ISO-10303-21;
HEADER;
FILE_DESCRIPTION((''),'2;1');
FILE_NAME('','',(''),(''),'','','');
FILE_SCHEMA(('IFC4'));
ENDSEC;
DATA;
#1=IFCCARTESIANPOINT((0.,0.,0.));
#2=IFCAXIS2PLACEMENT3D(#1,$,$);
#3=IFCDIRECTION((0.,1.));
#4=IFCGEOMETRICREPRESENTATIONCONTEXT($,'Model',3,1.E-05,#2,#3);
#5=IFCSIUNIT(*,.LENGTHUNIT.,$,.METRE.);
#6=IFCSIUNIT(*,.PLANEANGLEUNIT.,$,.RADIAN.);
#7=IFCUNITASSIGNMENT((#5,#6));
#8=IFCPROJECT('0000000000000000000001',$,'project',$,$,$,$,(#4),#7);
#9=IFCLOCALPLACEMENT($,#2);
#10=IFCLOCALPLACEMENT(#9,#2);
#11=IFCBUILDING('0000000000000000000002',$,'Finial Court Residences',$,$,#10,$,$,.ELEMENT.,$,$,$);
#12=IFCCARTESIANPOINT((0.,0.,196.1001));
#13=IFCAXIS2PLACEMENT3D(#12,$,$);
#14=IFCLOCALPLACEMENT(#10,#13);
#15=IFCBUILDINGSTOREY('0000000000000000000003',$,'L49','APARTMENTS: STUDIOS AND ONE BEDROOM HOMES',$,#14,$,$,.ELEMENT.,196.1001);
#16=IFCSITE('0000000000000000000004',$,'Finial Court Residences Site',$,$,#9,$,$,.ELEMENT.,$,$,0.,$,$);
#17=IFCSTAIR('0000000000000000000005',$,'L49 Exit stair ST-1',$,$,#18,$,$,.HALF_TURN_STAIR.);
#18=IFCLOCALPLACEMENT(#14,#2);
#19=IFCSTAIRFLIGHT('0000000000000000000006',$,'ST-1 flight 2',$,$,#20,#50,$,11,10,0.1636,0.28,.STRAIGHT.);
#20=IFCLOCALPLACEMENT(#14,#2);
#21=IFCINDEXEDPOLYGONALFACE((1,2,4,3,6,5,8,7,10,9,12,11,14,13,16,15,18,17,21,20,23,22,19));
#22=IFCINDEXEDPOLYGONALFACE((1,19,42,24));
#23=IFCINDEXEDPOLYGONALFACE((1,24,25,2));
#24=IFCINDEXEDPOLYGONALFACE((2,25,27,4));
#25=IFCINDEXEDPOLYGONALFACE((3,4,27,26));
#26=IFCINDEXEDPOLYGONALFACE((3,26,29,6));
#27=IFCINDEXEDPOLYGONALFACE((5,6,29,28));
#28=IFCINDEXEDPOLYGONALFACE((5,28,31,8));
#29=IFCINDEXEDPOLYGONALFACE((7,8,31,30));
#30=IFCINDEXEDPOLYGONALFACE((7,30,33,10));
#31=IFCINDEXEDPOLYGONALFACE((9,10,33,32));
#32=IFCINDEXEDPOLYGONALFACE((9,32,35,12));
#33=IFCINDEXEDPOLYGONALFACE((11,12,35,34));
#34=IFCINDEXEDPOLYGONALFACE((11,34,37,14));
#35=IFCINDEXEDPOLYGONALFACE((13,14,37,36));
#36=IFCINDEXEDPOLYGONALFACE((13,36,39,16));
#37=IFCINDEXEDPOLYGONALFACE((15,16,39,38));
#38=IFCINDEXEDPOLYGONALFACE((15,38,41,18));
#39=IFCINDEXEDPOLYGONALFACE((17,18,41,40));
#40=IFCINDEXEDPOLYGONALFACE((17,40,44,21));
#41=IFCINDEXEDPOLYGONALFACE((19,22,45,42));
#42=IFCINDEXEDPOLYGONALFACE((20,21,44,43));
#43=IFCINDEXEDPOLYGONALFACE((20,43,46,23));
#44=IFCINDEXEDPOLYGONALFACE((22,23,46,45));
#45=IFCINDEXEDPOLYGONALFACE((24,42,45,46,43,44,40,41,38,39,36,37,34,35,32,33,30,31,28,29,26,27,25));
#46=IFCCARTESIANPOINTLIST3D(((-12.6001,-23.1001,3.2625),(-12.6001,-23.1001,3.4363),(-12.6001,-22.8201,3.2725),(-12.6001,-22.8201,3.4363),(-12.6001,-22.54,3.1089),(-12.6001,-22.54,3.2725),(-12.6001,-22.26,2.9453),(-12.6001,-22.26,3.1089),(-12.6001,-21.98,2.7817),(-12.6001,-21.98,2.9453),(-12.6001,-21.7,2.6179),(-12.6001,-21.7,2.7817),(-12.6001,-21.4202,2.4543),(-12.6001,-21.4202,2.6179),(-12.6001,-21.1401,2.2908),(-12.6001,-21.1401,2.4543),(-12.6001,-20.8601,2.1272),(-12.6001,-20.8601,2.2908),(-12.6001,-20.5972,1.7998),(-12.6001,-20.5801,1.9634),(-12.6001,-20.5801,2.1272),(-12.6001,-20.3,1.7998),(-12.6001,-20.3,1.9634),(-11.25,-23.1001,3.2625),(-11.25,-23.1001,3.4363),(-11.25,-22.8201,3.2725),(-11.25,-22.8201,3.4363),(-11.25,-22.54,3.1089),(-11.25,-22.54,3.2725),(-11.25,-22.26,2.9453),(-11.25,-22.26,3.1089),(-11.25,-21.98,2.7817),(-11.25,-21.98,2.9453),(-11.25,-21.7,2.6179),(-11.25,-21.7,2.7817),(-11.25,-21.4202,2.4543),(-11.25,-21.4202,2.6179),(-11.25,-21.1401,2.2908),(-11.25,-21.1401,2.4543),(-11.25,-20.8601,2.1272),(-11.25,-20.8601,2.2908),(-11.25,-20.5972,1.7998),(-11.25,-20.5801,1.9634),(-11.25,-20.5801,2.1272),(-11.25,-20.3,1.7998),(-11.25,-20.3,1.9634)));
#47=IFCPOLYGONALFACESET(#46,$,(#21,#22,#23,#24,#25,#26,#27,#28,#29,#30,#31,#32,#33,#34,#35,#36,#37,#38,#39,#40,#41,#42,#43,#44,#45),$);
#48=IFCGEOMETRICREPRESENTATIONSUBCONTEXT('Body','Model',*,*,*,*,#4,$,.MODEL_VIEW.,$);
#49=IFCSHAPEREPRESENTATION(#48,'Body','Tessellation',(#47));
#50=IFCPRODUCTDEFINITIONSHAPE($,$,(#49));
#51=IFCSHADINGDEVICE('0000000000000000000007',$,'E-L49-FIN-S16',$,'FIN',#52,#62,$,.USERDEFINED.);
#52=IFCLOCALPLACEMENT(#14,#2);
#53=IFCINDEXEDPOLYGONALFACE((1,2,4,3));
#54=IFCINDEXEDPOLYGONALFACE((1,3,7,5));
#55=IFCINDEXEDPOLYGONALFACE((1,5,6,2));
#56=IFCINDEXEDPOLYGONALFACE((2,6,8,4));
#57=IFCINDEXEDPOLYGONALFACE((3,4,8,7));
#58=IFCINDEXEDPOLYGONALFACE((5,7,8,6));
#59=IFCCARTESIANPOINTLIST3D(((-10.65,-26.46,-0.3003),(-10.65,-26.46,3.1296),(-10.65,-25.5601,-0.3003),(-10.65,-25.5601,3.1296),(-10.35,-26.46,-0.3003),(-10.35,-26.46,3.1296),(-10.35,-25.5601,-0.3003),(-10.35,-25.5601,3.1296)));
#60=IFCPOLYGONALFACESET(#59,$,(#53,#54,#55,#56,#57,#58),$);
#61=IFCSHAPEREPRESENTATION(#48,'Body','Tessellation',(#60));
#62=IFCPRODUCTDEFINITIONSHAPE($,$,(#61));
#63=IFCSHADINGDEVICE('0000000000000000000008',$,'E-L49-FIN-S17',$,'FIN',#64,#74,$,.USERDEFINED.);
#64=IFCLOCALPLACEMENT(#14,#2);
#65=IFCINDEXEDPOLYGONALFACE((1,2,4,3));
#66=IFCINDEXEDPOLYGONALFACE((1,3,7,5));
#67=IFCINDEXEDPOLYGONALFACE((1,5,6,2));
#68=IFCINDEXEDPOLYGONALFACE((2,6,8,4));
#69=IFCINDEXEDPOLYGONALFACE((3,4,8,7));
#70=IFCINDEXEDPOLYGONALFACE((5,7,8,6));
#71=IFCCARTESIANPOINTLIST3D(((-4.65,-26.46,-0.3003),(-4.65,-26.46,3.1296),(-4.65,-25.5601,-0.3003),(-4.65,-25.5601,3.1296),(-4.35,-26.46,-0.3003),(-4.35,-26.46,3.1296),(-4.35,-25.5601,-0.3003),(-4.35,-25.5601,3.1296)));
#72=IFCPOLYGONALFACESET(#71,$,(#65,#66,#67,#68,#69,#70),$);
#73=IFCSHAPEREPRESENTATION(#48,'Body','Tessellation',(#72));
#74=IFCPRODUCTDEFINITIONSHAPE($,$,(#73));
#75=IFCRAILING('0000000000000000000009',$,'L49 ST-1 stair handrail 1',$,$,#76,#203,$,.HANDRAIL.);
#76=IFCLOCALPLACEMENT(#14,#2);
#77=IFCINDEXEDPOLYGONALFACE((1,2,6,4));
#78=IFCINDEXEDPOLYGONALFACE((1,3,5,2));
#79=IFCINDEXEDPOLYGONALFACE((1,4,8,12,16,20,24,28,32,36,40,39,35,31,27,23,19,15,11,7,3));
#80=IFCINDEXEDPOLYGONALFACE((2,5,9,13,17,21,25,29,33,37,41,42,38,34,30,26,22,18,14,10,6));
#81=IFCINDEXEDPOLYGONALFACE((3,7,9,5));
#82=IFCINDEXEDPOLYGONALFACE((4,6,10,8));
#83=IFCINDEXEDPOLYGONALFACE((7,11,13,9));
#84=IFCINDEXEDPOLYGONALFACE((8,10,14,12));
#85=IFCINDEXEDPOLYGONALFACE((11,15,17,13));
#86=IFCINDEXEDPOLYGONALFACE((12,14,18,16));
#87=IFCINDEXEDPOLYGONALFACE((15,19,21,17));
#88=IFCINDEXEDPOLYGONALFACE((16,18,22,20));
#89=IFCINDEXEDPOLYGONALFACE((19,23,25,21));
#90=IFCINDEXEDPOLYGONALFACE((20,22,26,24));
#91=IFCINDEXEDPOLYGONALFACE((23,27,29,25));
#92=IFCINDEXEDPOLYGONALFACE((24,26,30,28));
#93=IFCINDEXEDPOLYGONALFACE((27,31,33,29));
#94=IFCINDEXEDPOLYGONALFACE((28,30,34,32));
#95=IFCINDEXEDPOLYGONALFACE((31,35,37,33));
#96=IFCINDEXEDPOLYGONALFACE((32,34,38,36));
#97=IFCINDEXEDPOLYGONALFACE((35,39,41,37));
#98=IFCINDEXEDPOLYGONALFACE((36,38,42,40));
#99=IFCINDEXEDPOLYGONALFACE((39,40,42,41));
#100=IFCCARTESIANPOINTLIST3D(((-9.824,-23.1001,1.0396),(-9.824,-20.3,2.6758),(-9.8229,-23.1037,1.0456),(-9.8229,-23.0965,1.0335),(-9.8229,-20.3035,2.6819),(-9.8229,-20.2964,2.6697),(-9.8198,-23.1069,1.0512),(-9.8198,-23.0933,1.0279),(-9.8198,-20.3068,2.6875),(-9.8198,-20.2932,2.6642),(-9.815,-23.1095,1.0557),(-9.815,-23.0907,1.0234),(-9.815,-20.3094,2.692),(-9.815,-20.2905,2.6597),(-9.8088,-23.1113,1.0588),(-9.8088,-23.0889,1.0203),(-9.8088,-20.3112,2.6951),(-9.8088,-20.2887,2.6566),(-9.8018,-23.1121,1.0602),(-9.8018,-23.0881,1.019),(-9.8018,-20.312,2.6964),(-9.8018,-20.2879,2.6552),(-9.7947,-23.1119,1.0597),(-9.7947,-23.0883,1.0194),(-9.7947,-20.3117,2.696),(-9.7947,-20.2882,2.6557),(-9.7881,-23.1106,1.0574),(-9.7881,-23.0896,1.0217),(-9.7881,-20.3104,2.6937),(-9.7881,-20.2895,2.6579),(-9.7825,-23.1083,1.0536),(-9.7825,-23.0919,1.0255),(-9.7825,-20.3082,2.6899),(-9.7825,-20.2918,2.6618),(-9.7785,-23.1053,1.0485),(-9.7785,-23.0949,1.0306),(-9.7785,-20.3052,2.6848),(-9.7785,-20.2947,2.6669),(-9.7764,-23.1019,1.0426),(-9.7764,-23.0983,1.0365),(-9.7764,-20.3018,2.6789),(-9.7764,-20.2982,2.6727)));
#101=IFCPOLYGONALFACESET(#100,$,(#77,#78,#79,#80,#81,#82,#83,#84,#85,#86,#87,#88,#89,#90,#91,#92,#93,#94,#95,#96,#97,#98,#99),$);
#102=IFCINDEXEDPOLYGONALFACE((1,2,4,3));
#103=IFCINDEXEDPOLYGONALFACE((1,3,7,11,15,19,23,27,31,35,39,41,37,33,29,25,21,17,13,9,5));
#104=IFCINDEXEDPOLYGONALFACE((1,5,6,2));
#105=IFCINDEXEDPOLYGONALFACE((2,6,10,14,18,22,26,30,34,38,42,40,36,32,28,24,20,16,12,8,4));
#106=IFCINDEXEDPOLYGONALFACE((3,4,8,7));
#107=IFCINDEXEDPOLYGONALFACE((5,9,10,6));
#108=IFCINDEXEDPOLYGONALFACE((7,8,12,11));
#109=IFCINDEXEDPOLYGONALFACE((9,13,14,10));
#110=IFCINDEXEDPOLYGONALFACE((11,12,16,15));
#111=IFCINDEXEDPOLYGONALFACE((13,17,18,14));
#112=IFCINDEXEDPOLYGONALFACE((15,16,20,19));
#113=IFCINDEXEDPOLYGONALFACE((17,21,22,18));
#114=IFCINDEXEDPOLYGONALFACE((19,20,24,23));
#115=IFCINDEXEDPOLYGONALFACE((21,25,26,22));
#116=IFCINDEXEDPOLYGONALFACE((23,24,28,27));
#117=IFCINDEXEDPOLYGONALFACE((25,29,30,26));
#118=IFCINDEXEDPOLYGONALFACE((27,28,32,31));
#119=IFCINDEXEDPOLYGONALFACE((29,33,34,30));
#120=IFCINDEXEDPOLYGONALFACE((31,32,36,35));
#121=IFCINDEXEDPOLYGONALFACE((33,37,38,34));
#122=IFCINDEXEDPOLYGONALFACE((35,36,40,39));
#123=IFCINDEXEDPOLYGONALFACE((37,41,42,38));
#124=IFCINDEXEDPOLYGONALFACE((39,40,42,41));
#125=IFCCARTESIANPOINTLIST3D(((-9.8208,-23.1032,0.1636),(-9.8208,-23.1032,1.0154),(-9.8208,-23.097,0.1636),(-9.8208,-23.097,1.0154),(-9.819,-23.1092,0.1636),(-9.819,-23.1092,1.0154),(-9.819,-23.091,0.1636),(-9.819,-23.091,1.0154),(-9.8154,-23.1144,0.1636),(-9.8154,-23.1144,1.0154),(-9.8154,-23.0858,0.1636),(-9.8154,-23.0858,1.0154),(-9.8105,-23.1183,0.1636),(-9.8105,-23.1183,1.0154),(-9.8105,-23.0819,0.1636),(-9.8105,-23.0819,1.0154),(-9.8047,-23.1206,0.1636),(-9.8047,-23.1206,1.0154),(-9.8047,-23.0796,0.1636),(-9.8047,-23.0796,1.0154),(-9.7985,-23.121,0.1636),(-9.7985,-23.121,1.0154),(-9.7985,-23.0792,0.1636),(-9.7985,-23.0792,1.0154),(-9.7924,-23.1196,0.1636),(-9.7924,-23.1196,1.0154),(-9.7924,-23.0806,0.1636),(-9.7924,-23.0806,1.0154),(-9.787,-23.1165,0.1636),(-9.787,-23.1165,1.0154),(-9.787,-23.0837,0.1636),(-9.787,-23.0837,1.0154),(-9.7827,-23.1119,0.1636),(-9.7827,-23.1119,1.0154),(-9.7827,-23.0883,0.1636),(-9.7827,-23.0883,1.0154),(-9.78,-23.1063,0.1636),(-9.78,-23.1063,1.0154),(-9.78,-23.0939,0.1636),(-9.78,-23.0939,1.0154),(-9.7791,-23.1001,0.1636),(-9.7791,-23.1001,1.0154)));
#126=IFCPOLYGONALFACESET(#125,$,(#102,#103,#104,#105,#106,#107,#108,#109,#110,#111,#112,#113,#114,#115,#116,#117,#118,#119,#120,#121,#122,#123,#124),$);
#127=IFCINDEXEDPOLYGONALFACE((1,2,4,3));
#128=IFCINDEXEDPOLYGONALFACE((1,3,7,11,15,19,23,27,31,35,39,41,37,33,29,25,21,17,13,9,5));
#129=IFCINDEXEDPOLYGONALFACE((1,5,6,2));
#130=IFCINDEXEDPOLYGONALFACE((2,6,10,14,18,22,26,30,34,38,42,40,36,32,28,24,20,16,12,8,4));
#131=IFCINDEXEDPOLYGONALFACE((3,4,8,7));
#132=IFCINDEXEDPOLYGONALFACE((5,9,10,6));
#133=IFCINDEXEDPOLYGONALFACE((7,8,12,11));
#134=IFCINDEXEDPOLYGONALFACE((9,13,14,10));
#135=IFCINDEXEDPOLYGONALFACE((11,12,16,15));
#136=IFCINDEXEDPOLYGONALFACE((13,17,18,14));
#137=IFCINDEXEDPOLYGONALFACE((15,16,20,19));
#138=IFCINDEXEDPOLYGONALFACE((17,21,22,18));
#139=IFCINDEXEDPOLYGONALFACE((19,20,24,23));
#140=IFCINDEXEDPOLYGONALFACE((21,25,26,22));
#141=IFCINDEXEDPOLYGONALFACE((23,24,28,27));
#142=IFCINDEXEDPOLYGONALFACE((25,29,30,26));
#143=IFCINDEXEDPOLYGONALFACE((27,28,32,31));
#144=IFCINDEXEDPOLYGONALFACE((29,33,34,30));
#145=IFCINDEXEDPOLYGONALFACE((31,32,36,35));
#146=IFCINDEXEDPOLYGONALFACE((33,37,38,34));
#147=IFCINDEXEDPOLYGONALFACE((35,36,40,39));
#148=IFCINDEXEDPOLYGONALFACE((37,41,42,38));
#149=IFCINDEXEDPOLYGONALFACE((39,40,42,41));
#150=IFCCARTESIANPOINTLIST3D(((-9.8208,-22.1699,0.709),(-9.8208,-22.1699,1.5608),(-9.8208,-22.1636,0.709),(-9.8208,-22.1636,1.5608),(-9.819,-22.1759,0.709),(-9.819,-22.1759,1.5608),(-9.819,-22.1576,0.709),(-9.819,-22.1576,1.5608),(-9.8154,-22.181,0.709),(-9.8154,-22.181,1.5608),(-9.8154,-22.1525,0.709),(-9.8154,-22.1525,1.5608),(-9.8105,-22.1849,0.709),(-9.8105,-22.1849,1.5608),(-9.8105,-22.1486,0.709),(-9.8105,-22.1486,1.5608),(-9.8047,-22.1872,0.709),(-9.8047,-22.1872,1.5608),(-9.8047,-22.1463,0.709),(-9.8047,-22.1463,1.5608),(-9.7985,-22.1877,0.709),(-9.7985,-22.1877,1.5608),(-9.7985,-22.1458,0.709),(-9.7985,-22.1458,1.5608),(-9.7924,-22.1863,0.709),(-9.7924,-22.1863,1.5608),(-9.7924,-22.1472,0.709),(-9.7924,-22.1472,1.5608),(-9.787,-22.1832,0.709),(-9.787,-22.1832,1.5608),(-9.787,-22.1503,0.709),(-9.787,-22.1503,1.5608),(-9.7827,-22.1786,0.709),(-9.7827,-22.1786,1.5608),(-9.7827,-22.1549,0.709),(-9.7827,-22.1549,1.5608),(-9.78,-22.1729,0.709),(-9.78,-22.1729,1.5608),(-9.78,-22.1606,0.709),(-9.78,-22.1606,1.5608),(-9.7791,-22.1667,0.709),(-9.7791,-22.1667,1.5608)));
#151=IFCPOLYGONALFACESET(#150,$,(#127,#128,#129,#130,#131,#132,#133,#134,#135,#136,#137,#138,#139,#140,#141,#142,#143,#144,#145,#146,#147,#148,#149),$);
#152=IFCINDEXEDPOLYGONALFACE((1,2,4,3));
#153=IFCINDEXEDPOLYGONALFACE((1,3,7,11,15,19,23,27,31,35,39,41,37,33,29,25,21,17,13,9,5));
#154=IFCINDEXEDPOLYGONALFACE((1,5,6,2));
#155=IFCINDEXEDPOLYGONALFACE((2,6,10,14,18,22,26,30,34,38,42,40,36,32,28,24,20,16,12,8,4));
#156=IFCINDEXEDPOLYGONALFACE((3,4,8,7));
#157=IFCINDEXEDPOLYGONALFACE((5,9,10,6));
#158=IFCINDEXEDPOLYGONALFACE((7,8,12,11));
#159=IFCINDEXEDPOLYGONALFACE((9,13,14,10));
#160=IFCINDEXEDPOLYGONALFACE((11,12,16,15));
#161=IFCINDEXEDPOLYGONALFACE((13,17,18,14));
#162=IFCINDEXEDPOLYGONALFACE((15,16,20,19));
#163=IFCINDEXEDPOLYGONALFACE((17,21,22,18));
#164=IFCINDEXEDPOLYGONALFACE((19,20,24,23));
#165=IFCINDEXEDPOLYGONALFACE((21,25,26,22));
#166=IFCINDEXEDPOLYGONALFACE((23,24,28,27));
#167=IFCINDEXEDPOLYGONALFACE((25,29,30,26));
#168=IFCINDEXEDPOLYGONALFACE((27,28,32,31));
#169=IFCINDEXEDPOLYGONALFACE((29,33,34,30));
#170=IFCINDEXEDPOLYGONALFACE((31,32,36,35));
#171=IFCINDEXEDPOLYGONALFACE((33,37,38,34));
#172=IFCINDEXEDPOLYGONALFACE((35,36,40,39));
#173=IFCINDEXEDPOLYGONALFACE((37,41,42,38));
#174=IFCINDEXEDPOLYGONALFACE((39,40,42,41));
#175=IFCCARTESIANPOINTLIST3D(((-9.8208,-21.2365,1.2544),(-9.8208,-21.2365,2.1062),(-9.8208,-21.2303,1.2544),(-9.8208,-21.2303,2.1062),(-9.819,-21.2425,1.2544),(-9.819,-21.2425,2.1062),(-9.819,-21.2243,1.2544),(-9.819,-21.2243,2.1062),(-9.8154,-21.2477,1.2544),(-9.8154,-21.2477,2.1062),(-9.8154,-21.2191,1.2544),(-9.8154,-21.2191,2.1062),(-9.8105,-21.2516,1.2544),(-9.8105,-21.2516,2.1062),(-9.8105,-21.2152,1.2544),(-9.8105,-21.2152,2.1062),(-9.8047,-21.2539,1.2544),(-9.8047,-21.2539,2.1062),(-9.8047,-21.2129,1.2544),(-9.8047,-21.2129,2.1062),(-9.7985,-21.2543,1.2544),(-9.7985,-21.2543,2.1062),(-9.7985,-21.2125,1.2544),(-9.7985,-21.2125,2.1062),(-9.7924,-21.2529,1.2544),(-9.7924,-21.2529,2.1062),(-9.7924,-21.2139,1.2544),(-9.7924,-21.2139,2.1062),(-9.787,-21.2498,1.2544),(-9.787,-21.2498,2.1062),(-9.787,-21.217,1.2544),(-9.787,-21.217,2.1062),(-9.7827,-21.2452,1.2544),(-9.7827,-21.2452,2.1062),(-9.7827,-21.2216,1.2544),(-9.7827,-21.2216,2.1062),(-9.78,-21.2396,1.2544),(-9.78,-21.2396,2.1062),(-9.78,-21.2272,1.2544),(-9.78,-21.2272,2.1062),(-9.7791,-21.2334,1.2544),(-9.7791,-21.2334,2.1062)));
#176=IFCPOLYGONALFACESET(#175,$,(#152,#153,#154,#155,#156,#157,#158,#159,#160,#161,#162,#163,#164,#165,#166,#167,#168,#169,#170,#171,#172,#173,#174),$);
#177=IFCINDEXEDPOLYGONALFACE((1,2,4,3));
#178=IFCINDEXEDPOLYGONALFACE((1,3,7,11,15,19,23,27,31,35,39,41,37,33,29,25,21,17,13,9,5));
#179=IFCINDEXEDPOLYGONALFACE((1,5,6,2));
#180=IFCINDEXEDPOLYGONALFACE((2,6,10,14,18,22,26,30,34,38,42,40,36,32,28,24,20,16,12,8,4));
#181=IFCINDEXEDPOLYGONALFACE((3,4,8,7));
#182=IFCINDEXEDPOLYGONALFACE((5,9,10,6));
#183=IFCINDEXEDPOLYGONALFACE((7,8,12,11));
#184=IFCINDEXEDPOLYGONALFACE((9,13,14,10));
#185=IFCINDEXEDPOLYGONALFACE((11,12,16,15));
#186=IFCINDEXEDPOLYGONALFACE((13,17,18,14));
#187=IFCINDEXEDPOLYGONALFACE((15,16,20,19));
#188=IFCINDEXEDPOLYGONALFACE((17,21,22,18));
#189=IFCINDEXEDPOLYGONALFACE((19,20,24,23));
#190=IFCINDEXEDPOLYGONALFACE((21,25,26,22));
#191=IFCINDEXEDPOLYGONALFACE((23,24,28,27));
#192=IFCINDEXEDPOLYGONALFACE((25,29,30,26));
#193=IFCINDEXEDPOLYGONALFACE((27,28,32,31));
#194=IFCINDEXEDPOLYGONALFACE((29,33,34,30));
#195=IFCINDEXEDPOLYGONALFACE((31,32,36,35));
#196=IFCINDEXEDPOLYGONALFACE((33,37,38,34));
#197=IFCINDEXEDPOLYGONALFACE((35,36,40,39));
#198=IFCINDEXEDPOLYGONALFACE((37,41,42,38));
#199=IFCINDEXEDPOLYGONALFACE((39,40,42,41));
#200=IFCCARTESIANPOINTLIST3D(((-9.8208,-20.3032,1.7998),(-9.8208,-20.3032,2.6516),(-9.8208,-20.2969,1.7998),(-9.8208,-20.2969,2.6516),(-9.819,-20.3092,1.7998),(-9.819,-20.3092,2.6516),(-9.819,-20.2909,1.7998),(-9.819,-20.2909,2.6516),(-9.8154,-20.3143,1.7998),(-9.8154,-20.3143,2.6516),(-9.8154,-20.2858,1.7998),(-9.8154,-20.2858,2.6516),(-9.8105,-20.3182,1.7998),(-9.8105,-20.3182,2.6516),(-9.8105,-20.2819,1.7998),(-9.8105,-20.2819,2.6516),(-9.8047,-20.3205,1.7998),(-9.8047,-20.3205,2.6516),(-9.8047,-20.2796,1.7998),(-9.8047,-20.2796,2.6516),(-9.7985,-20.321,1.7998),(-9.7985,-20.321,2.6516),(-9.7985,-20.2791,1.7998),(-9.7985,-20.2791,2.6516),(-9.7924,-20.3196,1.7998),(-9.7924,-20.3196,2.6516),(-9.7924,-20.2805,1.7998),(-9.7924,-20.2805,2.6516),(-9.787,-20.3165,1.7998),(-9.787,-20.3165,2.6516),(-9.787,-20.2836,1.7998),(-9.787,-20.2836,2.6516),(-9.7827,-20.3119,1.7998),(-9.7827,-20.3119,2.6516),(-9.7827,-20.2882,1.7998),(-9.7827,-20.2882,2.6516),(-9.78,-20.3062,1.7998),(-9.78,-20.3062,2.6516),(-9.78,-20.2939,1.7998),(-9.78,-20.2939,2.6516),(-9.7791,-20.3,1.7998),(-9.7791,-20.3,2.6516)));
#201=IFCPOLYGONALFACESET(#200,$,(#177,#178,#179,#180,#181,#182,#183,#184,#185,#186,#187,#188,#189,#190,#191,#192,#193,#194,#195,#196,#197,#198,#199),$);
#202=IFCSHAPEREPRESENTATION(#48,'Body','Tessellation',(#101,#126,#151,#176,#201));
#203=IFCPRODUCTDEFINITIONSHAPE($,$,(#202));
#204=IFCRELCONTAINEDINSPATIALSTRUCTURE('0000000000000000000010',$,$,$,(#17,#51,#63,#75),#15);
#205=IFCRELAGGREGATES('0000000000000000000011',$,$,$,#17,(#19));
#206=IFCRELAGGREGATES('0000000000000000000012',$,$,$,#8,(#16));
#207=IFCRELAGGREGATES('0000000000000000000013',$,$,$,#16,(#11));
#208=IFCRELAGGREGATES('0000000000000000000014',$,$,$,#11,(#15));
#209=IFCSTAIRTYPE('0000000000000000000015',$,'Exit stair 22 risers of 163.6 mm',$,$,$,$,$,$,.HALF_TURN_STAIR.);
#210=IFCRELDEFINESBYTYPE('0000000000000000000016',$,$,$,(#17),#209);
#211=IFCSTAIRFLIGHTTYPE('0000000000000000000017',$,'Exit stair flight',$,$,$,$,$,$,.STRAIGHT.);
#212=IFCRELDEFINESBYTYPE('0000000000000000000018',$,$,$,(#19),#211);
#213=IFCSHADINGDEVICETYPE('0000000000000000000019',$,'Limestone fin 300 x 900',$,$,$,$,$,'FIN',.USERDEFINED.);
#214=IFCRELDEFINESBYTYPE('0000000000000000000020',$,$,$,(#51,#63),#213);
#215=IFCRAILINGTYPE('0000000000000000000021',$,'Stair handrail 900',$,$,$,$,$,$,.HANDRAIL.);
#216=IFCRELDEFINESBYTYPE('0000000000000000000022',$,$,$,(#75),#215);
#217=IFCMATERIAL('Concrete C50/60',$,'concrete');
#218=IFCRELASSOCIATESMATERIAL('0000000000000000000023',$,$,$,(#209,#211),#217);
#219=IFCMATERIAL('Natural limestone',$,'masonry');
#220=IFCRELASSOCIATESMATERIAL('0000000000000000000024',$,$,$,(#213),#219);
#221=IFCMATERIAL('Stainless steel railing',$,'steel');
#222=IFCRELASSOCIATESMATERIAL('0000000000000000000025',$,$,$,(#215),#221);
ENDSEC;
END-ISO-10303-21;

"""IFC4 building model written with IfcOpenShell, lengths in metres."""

from ifc_helpers import new_model, si_unit, direction, frame, origin, origin_2d, place, context, subcontext, project, spatial, polyline, rectangle, circle, outline, extrude, material, type_object, element, aggregate, save


model = new_model("IFC4")

# Units and contexts
model_context = context("Model", 3, precision=1e-05, world=origin(), true_north=direction((0.0, 1.0)))
body_context = subcontext(model_context, "Body", "Model", "MODEL_VIEW")
ifc_project = project(units=[si_unit("LENGTHUNIT", "METRE"), si_unit("PLANEANGLEUNIT", "RADIAN")], contexts=[model_context])

# Site, building, storey
site_placement = place(None, origin())
site = spatial("IfcSite", under=ifc_project, at=site_placement, Name="Finial Court Residences Site", CompositionType="ELEMENT", RefElevation=0.0)
building_placement = place(site_placement, origin())
building = spatial("IfcBuilding", under=site, at=building_placement, Name="Finial Court Residences", CompositionType="ELEMENT")
storey_placement = place(building_placement, frame((0.0, 0.0, 196.1001)))
storey = spatial("IfcBuildingStorey", under=building, at=storey_placement, Name="L49", Description="APARTMENTS: STUDIOS AND ONE BEDROOM HOMES", CompositionType="ELEMENT", Elevation=196.1001)

# Stair, stair flight
ifc_material_1 = material(Name="Concrete C50/60", Category="concrete")
stair_type = type_object("IfcStairType", Name="Exit stair 22 risers of 163.6 mm", PredefinedType="HALF_TURN_STAIR", material=ifc_material_1)
stair_placement = place(storey_placement, origin())
stair = element("IfcStair", 1, at=stair_placement, inside=storey, type_object=stair_type, Name="L49 Exit stair ST-1", PredefinedType="HALF_TURN_STAIR")
stair_flight_type = type_object("IfcStairFlightType", Name="Exit stair flight", PredefinedType="STRAIGHT", material=ifc_material_1)
stair_flight_1_placement = place(storey_placement, frame((-11.925, -20.3, 1.7998), z_axis=(0.0, 0.0, 1.0), x_axis=(0.0, -1.0, 0.0)))
stair_flight_1 = element("IfcStairFlight", 2, at=stair_flight_1_placement, type_object=stair_flight_type, Name="ST-1 flight 2", NumberOfRisers=11, NumberOfTreads=10, PredefinedType="STRAIGHT", RiserHeight=0.1636, TreadLength=0.28, context=body_context, shape_type="SweptSolid", body=[
    extrude(outline(polyline([(0.0, 0.0), (0.0, 0.1636), (0.28, 0.1636), (0.28, 0.3274), (0.5601, 0.3274), (0.5601, 0.491), (0.8401, 0.491), (0.8401, 0.6545), (1.1201, 0.6545), (1.1201, 0.8181), (1.3999, 0.8181), (1.3999, 0.9819), (1.6799, 0.9819), (1.6799, 1.1455), (1.96, 1.1455), (1.96, 1.3091), (2.24, 1.3091), (2.24, 1.4727), (2.52, 1.4727), (2.52, 1.6365), (2.8, 1.6365), (2.8, 1.8), (2.8, 1.4626), (0.2971, 0.0), (0.0, 0.0)])), frame((0.0, 0.675, 0.0), z_axis=(0.0, -1.0, 0.0), x_axis=(1.0, 0.0, 0.0)), (0.0, 0.0, 1.0), 1.3501),
])
aggregate(stair, [stair_flight_1])

# Shading devices
ifc_material_2 = material(Name="Natural limestone", Category="masonry")
shading_device_type = type_object("IfcShadingDeviceType", Name="Limestone fin 300 x 900", ElementType="FIN", PredefinedType="USERDEFINED", material=ifc_material_2)
for number, where, z_axis, x_axis, name in (
    (3, (-10.5, -26.01, -0.3003), (0.0, 0.0, 1.0), (1.0, 0.0, 0.0), "E-L49-FIN-S16"),
    (4, (-4.5, -26.01, -0.3003), (0.0, 0.0, 1.0), (1.0, 0.0, 0.0), "E-L49-FIN-S17"),
):
    element("IfcShadingDevice", number, at=place(storey_placement, frame(where, z_axis=z_axis, x_axis=x_axis)), inside=storey, type_object=shading_device_type, Name=name, ObjectType="FIN", PredefinedType="USERDEFINED", context=body_context, shape_type="SweptSolid", body=[
        extrude(rectangle(XDim=0.3, YDim=0.8999, at=origin_2d()), origin(), (0.0, 0.0, 1.0), 3.4299),
    ])

# Railing
ifc_material_3 = material(Name="Stainless steel railing", Category="steel")
railing_type_1 = type_object("IfcRailingType", Name="Stair handrail 900", PredefinedType="HANDRAIL", material=ifc_material_3)
railing_1_placement = place(storey_placement, frame((-9.8, -23.1001, 0.1636)))
element("IfcRailing", 5, at=railing_1_placement, inside=storey, type_object=railing_type_1, Name="L49 ST-1 stair handrail 1", PredefinedType="HANDRAIL", context=body_context, shape_type="SweptSolid", body=[
    extrude(circle(Radius=0.0239, at=origin_2d()), frame((0.0, 0.0, 0.876), z_axis=(0.0, 0.863394, 0.504531), x_axis=(-1.0, 0.0, 0.0)), (0.0, 0.0, 1.0), 3.2432),
    extrude(circle(Radius=0.021, at=origin_2d()), origin(), (0.0, 0.0, 1.0), 0.8518),
    extrude(circle(Radius=0.021, at=origin_2d()), frame((0.0, 0.9333, 0.5454)), (0.0, 0.0, 1.0), 0.8518),
    extrude(circle(Radius=0.021, at=origin_2d()), frame((0.0, 1.8667, 1.0908)), (0.0, 0.0, 1.0), 0.8518),
    extrude(circle(Radius=0.021, at=origin_2d()), frame((0.0, 2.8, 1.6362)), (0.0, 0.0, 1.0), 0.8518),
])

save(model, "model.ifc")
